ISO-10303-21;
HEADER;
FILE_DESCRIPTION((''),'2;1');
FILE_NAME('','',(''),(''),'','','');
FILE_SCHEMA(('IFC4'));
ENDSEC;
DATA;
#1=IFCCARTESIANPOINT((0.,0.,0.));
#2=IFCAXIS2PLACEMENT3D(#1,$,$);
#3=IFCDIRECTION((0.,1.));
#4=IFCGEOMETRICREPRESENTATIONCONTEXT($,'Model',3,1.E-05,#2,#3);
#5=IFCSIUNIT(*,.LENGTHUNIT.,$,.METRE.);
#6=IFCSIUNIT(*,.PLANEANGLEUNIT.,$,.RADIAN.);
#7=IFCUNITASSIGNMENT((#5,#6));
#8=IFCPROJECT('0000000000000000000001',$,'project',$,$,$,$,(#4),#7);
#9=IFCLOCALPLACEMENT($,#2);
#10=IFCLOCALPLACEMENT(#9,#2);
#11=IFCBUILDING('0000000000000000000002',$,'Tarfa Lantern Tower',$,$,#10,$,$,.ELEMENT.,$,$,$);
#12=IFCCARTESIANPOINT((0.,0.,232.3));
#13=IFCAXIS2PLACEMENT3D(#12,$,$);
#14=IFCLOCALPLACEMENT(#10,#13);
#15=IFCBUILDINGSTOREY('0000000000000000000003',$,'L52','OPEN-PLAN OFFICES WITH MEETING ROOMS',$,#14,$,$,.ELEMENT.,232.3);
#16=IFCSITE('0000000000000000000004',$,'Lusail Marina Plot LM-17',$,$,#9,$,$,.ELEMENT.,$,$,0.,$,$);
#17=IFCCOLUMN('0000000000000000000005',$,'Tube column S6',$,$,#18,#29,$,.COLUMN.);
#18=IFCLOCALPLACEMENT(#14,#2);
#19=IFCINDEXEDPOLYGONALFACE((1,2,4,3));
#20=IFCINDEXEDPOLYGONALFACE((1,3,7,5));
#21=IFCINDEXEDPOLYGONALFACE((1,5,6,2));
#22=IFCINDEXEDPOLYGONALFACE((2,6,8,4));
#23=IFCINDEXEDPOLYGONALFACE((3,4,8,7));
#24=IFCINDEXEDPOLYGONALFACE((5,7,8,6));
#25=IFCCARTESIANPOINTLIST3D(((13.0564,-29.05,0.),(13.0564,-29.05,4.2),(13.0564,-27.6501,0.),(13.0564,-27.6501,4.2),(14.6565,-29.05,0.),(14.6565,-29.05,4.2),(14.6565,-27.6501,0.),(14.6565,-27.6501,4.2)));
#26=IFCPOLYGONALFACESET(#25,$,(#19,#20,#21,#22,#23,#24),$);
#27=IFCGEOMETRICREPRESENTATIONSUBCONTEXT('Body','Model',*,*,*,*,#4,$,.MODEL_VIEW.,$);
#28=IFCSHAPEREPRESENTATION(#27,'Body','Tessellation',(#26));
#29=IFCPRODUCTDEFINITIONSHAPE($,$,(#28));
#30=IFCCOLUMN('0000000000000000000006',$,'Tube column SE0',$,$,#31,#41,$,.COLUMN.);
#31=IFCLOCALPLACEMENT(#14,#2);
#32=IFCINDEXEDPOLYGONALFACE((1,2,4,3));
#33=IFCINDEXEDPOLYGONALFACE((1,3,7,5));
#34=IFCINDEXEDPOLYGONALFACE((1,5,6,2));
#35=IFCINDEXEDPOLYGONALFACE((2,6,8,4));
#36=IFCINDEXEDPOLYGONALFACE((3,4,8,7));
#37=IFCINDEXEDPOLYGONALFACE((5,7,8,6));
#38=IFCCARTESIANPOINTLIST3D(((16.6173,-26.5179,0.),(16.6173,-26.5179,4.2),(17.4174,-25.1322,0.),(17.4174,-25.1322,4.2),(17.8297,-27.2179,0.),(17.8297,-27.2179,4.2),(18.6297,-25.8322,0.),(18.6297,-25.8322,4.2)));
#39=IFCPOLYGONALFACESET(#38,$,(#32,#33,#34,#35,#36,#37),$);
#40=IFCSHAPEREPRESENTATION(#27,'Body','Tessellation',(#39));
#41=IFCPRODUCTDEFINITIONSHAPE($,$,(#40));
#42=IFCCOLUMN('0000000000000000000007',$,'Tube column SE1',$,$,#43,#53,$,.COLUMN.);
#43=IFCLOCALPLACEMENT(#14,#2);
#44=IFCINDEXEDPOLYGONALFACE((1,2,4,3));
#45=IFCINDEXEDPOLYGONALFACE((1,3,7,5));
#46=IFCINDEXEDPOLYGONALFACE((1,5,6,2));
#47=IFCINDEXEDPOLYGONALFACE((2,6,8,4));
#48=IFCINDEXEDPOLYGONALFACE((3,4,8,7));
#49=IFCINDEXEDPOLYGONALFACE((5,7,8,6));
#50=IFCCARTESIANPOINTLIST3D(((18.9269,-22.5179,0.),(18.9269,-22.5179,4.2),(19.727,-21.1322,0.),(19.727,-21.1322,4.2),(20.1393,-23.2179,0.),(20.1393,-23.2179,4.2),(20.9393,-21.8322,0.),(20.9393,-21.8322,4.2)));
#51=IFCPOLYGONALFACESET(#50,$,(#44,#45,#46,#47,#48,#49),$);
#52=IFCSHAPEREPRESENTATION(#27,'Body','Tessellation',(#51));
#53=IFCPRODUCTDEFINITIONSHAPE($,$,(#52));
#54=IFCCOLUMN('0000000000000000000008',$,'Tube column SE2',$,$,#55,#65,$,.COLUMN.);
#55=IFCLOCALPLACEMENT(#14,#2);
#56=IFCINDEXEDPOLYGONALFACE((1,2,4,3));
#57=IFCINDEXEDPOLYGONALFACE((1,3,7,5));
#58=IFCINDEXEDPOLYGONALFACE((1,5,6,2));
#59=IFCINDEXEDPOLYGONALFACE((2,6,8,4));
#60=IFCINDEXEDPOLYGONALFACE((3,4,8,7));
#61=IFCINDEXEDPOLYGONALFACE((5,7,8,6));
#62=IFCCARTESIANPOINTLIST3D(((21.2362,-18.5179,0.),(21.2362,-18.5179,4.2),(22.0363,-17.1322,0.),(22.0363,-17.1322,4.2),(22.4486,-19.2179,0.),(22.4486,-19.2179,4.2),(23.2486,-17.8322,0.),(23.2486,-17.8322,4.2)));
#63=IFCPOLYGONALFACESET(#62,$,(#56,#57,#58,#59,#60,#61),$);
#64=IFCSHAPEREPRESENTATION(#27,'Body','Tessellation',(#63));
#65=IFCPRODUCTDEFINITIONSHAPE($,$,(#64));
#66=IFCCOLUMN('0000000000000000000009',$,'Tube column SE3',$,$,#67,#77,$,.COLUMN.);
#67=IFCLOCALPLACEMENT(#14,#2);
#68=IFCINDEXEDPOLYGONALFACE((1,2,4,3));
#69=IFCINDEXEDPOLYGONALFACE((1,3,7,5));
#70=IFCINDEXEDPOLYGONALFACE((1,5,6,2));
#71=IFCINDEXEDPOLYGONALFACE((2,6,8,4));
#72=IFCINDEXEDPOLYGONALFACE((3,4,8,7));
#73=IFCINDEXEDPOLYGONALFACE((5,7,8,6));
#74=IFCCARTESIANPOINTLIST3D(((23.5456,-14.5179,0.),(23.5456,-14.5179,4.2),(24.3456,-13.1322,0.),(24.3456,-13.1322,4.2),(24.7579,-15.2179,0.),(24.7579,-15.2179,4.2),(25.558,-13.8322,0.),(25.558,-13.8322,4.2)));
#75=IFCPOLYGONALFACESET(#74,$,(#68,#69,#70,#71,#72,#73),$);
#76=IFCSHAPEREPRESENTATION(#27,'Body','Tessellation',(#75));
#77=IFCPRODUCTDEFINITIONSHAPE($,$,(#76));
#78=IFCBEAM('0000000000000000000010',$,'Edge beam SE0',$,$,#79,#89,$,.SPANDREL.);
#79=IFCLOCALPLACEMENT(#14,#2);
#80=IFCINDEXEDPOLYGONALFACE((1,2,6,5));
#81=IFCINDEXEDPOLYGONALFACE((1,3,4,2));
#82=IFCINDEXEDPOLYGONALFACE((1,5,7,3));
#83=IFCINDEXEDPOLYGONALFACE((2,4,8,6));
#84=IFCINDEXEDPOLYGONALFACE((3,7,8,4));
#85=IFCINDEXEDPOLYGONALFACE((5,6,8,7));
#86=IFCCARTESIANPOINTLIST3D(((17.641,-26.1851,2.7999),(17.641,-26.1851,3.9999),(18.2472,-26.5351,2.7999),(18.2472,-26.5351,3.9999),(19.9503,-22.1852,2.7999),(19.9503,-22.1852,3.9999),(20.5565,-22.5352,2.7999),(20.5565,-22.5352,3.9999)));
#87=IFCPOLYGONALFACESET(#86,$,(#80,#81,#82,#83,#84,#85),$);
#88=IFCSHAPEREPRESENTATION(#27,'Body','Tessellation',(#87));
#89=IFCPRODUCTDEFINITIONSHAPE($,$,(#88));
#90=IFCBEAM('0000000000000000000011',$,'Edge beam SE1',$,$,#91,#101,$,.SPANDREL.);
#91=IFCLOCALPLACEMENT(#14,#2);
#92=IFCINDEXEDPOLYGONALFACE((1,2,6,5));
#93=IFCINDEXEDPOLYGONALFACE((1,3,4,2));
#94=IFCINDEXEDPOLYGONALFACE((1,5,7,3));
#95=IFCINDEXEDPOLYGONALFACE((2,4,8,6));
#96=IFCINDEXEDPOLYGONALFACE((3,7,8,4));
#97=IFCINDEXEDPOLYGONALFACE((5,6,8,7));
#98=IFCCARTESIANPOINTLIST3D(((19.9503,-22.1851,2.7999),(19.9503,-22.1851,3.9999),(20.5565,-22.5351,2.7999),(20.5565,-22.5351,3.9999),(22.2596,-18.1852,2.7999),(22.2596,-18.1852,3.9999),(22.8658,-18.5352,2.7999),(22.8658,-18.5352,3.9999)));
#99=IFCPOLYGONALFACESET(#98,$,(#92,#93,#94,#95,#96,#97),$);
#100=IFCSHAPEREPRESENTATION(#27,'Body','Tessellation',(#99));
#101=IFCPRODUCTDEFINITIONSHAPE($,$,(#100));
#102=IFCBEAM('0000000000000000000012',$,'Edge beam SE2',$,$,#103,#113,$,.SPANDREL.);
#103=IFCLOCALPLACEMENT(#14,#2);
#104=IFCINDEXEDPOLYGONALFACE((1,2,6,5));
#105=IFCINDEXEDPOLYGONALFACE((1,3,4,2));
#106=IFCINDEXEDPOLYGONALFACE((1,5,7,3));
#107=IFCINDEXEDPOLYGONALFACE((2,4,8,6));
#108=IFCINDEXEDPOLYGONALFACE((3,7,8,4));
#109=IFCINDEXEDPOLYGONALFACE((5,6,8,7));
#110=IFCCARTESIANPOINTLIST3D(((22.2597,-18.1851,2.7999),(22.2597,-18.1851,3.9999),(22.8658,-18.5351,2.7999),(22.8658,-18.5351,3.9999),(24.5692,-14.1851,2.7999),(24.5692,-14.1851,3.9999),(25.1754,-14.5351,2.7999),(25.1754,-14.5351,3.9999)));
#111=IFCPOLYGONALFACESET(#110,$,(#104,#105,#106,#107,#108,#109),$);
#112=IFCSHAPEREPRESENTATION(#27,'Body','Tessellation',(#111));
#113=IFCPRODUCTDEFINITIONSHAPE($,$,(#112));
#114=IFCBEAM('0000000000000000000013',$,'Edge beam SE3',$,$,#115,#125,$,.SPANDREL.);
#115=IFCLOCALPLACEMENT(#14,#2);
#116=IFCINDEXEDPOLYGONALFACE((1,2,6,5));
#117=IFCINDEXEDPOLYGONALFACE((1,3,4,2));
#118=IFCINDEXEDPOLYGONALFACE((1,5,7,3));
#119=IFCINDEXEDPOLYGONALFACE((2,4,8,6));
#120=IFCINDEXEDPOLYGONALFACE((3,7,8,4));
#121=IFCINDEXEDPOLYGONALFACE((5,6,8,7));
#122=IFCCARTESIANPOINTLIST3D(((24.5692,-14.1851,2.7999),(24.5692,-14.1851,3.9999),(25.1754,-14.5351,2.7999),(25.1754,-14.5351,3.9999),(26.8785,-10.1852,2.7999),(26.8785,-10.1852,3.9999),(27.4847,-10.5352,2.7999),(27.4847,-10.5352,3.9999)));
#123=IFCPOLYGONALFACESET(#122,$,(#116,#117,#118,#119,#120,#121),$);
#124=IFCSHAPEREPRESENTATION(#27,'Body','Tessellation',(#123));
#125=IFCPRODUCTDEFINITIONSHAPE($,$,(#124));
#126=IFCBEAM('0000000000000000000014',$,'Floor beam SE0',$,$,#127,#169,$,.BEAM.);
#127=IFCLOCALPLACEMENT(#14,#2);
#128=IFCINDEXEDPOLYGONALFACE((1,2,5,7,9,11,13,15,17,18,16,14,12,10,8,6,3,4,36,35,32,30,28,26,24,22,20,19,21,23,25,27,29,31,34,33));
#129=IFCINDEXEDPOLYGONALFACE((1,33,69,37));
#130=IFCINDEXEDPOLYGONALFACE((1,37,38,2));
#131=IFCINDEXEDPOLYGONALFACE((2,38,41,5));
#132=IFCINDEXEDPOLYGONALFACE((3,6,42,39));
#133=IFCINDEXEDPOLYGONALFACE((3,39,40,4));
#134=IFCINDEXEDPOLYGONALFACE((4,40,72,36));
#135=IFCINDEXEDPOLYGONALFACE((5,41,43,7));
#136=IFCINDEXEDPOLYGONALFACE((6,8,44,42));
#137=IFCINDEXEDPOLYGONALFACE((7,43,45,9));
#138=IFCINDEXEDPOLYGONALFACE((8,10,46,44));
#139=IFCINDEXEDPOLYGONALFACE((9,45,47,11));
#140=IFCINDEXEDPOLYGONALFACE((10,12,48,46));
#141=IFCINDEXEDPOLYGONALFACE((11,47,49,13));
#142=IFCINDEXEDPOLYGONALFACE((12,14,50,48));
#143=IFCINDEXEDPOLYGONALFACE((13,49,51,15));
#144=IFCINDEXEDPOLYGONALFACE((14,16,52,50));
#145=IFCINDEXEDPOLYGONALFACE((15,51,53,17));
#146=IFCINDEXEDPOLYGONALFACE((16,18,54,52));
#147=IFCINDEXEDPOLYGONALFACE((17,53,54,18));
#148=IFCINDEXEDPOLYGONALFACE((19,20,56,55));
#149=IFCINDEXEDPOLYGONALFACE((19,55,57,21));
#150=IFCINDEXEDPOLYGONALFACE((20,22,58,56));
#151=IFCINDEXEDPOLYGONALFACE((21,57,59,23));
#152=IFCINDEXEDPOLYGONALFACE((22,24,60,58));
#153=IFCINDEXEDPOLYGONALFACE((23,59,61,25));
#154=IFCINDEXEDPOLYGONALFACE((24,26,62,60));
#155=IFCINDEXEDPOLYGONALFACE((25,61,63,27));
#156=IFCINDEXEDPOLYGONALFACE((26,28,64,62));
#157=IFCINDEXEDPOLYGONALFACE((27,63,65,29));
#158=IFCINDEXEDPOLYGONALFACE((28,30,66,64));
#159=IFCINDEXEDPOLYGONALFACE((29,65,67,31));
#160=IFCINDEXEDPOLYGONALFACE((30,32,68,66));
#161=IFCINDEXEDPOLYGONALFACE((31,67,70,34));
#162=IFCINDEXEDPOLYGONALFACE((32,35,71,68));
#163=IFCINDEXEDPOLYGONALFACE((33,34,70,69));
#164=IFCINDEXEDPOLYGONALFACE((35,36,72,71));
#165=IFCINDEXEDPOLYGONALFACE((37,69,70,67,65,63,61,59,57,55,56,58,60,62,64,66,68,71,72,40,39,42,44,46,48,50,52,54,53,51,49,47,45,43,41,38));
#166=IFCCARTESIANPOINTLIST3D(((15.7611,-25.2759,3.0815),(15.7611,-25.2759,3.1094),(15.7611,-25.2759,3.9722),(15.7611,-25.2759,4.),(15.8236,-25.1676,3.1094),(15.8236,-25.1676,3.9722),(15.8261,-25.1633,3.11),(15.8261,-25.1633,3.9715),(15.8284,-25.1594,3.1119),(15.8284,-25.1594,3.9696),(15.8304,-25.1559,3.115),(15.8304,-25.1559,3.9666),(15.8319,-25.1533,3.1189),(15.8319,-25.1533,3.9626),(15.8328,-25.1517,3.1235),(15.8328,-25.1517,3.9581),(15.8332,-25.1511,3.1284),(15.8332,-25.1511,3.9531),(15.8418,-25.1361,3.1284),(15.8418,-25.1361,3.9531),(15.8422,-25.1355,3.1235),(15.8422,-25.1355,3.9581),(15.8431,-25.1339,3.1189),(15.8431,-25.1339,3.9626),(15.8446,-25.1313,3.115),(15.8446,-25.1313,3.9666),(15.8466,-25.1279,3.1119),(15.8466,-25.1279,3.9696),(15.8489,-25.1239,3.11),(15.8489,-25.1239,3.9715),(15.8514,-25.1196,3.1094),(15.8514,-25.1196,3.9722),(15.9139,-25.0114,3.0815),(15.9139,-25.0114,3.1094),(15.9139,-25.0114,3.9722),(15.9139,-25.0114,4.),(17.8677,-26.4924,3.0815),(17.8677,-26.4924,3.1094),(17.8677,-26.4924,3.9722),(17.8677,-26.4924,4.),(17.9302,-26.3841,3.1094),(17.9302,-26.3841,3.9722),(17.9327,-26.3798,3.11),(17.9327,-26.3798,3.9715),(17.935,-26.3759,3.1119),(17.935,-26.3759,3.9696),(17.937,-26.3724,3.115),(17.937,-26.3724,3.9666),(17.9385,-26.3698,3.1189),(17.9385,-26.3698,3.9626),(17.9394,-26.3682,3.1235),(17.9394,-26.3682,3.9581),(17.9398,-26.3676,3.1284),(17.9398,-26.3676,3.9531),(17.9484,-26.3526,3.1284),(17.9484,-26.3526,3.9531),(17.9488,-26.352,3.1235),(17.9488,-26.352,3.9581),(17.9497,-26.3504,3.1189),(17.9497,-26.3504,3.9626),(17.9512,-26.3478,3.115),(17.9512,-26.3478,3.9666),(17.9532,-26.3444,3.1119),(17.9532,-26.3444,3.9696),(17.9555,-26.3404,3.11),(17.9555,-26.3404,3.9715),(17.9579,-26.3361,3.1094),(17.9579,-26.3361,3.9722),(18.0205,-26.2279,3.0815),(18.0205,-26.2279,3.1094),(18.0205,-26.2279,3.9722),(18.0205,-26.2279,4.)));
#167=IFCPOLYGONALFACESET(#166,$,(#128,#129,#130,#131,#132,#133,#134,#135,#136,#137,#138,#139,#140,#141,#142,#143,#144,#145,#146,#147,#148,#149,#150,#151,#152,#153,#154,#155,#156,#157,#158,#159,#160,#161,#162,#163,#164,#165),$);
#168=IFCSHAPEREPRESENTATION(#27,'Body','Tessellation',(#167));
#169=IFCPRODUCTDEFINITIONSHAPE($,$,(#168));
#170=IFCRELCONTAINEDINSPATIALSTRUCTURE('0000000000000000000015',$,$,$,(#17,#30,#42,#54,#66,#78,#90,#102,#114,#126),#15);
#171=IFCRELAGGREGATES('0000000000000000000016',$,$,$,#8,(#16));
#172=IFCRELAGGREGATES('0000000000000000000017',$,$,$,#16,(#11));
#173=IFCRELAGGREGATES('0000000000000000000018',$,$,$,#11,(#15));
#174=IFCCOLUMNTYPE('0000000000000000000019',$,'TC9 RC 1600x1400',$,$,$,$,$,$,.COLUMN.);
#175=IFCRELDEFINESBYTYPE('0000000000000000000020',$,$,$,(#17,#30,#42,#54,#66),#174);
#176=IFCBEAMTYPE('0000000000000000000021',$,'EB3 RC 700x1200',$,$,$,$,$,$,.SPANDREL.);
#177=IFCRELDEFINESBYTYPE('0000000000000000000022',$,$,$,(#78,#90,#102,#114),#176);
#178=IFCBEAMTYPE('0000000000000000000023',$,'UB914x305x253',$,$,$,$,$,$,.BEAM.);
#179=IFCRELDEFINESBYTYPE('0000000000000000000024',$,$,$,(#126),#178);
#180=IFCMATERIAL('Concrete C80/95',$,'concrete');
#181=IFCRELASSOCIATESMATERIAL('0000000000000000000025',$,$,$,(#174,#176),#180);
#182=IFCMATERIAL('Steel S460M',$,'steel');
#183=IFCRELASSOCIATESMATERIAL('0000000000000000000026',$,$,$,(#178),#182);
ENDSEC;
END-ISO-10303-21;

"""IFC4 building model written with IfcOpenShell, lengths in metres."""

from ifc_helpers import new_model, si_unit, direction, frame, origin, origin_2d, place, context, subcontext, project, spatial, rectangle, i_section, extrude, material, material_profile, profile_set, type_object, element, save


model = new_model("IFC4")

# Units and contexts
model_context = context("Model", 3, precision=1e-05, world=origin(), true_north=direction((0.0, 1.0)))
body_context = subcontext(model_context, "Body", "Model", "MODEL_VIEW")
ifc_project = project(units=[si_unit("LENGTHUNIT", "METRE"), si_unit("PLANEANGLEUNIT", "RADIAN")], contexts=[model_context])

# Site, building, storey
site_placement = place(None, origin())
site = spatial("IfcSite", under=ifc_project, at=site_placement, Name="Lusail Marina Plot LM-17", CompositionType="ELEMENT", RefElevation=0.0)
building_placement = place(site_placement, origin())
building = spatial("IfcBuilding", under=site, at=building_placement, Name="Tarfa Lantern Tower", CompositionType="ELEMENT")
storey_placement = place(building_placement, frame((0.0, 0.0, 232.3)))
storey = spatial("IfcBuildingStorey", under=building, at=storey_placement, Name="L52", Description="OPEN-PLAN OFFICES WITH MEETING ROOMS", CompositionType="ELEMENT", Elevation=232.3)

# Columns
ifc_material_1 = material(Name="Concrete C80/95", Category="concrete")
ifc_material_profile_1 = material_profile(ifc_material_1, rectangle(XDim=1.6001, YDim=1.3999, at=origin_2d()), Name="RC 1600x1400")
ifc_profile_set_1 = profile_set([ifc_material_profile_1], Name="Concrete C80/95")
column_type = type_object("IfcColumnType", Name="TC9 RC 1600x1400", PredefinedType="COLUMN", material=ifc_profile_set_1)
for number, where, z_axis, x_axis, name in (
    (1, (13.8564, -28.3501, 0.0), (0.0, 0.0, 1.0), (1.0, 0.0, 0.0), "Tube column S6"),
    (2, (17.6235, -26.175, 0.0), (0.0, 0.0, 1.0), (0.5, 0.866025, 0.0), "Tube column SE0"),
    (3, (19.9331, -22.175, 0.0), (0.0, 0.0, 1.0), (0.5, 0.866025, 0.0), "Tube column SE1"),
    (4, (22.2424, -18.175, 0.0), (0.0, 0.0, 1.0), (0.5, 0.866025, 0.0), "Tube column SE2"),
    (5, (24.5518, -14.175, 0.0), (0.0, 0.0, 1.0), (0.5, 0.866025, 0.0), "Tube column SE3"),
):
    element("IfcColumn", number, at=place(storey_placement, frame(where, z_axis=z_axis, x_axis=x_axis)), inside=storey, type_object=column_type, Name=name, PredefinedType="COLUMN", context=body_context, shape_type="SweptSolid", body=[
        extrude(rectangle(XDim=1.6001, YDim=1.3999, at=origin_2d()), origin(), (0.0, 0.0, 1.0), 4.2),
    ])

# Beams
ifc_material_profile_2 = material_profile(ifc_material_1, rectangle(XDim=0.7, YDim=1.2, at=origin_2d()), Name="RC 700x1200")
ifc_profile_set_2 = profile_set([ifc_material_profile_2], Name="Concrete C80/95")
beam_type_1 = type_object("IfcBeamType", Name="EB3 RC 700x1200", PredefinedType="SPANDREL", material=ifc_profile_set_2)
for number, where, z_axis, x_axis, name in (
    (6, (17.9441, -26.3601, 3.3999), (0.499988, 0.866032, 0.0), (-0.866032, 0.499988, 0.0), "Edge beam SE0"),
    (7, (20.2534, -22.3601, 3.3999), (0.499988, 0.866032, 0.0), (-0.866032, 0.499988, 0.0), "Edge beam SE1"),
):
    element("IfcBeam", number, at=place(storey_placement, frame(where, z_axis=z_axis, x_axis=x_axis)), inside=storey, type_object=beam_type_1, Name=name, PredefinedType="SPANDREL", context=body_context, shape_type="SweptSolid", body=[
        extrude(rectangle(XDim=0.7, YDim=1.2, at=origin_2d()), origin(), (0.0, 0.0, 1.0), 4.6187),
    ])
beam_1_placement = place(storey_placement, frame((22.5627, -18.3601, 3.3999), z_axis=(0.500027, 0.86601, 0.0), x_axis=(-0.86601, 0.500027, 0.0)))
element("IfcBeam", 8, at=beam_1_placement, inside=storey, type_object=beam_type_1, Name="Edge beam SE2", PredefinedType="SPANDREL", context=body_context, shape_type="SweptSolid", body=[
    extrude(rectangle(XDim=0.7, YDim=1.2, at=origin_2d()), origin(), (0.0, 0.0, 1.0), 4.6189),
])
beam_2_placement = place(storey_placement, frame((24.8723, -14.3601, 3.3999), z_axis=(0.499988, 0.866032, 0.0), x_axis=(-0.866032, 0.499988, 0.0)))
element("IfcBeam", 9, at=beam_2_placement, inside=storey, type_object=beam_type_1, Name="Edge beam SE3", PredefinedType="SPANDREL", context=body_context, shape_type="SweptSolid", body=[
    extrude(rectangle(XDim=0.7, YDim=1.2, at=origin_2d()), origin(), (0.0, 0.0, 1.0), 4.6187),
])
ifc_material_2 = material(Name="Steel S460M", Category="steel")
ifc_material_profile_3 = material_profile(ifc_material_2, i_section(OverallWidth=0.3054, OverallDepth=0.9185, WebThickness=0.0173, FlangeThickness=0.0278, FilletRadius=0.019, at=origin_2d()), Name="UB914x305x253")
ifc_profile_set_3 = profile_set([ifc_material_profile_3], Name="Steel S460M")
beam_type_2 = type_object("IfcBeamType", Name="UB914x305x253", PredefinedType="BEAM", material=ifc_profile_set_3)
beam_3_placement = place(storey_placement, frame((17.9441, -26.3601, 3.5408), z_axis=(-0.86598, 0.500079, 0.0), x_axis=(-0.500079, -0.86598, 0.0)))
element("IfcBeam", 10, at=beam_3_placement, inside=storey, type_object=beam_type_2, Name="Floor beam SE0", PredefinedType="BEAM", context=body_context, shape_type="SweptSolid", body=[
    extrude(i_section(OverallWidth=0.3054, OverallDepth=0.9185, WebThickness=0.0173, FlangeThickness=0.0278, FilletRadius=0.019, at=origin_2d()), origin(), (0.0, 0.0, 1.0), 2.4326),
])

save(model, "model.ifc")
